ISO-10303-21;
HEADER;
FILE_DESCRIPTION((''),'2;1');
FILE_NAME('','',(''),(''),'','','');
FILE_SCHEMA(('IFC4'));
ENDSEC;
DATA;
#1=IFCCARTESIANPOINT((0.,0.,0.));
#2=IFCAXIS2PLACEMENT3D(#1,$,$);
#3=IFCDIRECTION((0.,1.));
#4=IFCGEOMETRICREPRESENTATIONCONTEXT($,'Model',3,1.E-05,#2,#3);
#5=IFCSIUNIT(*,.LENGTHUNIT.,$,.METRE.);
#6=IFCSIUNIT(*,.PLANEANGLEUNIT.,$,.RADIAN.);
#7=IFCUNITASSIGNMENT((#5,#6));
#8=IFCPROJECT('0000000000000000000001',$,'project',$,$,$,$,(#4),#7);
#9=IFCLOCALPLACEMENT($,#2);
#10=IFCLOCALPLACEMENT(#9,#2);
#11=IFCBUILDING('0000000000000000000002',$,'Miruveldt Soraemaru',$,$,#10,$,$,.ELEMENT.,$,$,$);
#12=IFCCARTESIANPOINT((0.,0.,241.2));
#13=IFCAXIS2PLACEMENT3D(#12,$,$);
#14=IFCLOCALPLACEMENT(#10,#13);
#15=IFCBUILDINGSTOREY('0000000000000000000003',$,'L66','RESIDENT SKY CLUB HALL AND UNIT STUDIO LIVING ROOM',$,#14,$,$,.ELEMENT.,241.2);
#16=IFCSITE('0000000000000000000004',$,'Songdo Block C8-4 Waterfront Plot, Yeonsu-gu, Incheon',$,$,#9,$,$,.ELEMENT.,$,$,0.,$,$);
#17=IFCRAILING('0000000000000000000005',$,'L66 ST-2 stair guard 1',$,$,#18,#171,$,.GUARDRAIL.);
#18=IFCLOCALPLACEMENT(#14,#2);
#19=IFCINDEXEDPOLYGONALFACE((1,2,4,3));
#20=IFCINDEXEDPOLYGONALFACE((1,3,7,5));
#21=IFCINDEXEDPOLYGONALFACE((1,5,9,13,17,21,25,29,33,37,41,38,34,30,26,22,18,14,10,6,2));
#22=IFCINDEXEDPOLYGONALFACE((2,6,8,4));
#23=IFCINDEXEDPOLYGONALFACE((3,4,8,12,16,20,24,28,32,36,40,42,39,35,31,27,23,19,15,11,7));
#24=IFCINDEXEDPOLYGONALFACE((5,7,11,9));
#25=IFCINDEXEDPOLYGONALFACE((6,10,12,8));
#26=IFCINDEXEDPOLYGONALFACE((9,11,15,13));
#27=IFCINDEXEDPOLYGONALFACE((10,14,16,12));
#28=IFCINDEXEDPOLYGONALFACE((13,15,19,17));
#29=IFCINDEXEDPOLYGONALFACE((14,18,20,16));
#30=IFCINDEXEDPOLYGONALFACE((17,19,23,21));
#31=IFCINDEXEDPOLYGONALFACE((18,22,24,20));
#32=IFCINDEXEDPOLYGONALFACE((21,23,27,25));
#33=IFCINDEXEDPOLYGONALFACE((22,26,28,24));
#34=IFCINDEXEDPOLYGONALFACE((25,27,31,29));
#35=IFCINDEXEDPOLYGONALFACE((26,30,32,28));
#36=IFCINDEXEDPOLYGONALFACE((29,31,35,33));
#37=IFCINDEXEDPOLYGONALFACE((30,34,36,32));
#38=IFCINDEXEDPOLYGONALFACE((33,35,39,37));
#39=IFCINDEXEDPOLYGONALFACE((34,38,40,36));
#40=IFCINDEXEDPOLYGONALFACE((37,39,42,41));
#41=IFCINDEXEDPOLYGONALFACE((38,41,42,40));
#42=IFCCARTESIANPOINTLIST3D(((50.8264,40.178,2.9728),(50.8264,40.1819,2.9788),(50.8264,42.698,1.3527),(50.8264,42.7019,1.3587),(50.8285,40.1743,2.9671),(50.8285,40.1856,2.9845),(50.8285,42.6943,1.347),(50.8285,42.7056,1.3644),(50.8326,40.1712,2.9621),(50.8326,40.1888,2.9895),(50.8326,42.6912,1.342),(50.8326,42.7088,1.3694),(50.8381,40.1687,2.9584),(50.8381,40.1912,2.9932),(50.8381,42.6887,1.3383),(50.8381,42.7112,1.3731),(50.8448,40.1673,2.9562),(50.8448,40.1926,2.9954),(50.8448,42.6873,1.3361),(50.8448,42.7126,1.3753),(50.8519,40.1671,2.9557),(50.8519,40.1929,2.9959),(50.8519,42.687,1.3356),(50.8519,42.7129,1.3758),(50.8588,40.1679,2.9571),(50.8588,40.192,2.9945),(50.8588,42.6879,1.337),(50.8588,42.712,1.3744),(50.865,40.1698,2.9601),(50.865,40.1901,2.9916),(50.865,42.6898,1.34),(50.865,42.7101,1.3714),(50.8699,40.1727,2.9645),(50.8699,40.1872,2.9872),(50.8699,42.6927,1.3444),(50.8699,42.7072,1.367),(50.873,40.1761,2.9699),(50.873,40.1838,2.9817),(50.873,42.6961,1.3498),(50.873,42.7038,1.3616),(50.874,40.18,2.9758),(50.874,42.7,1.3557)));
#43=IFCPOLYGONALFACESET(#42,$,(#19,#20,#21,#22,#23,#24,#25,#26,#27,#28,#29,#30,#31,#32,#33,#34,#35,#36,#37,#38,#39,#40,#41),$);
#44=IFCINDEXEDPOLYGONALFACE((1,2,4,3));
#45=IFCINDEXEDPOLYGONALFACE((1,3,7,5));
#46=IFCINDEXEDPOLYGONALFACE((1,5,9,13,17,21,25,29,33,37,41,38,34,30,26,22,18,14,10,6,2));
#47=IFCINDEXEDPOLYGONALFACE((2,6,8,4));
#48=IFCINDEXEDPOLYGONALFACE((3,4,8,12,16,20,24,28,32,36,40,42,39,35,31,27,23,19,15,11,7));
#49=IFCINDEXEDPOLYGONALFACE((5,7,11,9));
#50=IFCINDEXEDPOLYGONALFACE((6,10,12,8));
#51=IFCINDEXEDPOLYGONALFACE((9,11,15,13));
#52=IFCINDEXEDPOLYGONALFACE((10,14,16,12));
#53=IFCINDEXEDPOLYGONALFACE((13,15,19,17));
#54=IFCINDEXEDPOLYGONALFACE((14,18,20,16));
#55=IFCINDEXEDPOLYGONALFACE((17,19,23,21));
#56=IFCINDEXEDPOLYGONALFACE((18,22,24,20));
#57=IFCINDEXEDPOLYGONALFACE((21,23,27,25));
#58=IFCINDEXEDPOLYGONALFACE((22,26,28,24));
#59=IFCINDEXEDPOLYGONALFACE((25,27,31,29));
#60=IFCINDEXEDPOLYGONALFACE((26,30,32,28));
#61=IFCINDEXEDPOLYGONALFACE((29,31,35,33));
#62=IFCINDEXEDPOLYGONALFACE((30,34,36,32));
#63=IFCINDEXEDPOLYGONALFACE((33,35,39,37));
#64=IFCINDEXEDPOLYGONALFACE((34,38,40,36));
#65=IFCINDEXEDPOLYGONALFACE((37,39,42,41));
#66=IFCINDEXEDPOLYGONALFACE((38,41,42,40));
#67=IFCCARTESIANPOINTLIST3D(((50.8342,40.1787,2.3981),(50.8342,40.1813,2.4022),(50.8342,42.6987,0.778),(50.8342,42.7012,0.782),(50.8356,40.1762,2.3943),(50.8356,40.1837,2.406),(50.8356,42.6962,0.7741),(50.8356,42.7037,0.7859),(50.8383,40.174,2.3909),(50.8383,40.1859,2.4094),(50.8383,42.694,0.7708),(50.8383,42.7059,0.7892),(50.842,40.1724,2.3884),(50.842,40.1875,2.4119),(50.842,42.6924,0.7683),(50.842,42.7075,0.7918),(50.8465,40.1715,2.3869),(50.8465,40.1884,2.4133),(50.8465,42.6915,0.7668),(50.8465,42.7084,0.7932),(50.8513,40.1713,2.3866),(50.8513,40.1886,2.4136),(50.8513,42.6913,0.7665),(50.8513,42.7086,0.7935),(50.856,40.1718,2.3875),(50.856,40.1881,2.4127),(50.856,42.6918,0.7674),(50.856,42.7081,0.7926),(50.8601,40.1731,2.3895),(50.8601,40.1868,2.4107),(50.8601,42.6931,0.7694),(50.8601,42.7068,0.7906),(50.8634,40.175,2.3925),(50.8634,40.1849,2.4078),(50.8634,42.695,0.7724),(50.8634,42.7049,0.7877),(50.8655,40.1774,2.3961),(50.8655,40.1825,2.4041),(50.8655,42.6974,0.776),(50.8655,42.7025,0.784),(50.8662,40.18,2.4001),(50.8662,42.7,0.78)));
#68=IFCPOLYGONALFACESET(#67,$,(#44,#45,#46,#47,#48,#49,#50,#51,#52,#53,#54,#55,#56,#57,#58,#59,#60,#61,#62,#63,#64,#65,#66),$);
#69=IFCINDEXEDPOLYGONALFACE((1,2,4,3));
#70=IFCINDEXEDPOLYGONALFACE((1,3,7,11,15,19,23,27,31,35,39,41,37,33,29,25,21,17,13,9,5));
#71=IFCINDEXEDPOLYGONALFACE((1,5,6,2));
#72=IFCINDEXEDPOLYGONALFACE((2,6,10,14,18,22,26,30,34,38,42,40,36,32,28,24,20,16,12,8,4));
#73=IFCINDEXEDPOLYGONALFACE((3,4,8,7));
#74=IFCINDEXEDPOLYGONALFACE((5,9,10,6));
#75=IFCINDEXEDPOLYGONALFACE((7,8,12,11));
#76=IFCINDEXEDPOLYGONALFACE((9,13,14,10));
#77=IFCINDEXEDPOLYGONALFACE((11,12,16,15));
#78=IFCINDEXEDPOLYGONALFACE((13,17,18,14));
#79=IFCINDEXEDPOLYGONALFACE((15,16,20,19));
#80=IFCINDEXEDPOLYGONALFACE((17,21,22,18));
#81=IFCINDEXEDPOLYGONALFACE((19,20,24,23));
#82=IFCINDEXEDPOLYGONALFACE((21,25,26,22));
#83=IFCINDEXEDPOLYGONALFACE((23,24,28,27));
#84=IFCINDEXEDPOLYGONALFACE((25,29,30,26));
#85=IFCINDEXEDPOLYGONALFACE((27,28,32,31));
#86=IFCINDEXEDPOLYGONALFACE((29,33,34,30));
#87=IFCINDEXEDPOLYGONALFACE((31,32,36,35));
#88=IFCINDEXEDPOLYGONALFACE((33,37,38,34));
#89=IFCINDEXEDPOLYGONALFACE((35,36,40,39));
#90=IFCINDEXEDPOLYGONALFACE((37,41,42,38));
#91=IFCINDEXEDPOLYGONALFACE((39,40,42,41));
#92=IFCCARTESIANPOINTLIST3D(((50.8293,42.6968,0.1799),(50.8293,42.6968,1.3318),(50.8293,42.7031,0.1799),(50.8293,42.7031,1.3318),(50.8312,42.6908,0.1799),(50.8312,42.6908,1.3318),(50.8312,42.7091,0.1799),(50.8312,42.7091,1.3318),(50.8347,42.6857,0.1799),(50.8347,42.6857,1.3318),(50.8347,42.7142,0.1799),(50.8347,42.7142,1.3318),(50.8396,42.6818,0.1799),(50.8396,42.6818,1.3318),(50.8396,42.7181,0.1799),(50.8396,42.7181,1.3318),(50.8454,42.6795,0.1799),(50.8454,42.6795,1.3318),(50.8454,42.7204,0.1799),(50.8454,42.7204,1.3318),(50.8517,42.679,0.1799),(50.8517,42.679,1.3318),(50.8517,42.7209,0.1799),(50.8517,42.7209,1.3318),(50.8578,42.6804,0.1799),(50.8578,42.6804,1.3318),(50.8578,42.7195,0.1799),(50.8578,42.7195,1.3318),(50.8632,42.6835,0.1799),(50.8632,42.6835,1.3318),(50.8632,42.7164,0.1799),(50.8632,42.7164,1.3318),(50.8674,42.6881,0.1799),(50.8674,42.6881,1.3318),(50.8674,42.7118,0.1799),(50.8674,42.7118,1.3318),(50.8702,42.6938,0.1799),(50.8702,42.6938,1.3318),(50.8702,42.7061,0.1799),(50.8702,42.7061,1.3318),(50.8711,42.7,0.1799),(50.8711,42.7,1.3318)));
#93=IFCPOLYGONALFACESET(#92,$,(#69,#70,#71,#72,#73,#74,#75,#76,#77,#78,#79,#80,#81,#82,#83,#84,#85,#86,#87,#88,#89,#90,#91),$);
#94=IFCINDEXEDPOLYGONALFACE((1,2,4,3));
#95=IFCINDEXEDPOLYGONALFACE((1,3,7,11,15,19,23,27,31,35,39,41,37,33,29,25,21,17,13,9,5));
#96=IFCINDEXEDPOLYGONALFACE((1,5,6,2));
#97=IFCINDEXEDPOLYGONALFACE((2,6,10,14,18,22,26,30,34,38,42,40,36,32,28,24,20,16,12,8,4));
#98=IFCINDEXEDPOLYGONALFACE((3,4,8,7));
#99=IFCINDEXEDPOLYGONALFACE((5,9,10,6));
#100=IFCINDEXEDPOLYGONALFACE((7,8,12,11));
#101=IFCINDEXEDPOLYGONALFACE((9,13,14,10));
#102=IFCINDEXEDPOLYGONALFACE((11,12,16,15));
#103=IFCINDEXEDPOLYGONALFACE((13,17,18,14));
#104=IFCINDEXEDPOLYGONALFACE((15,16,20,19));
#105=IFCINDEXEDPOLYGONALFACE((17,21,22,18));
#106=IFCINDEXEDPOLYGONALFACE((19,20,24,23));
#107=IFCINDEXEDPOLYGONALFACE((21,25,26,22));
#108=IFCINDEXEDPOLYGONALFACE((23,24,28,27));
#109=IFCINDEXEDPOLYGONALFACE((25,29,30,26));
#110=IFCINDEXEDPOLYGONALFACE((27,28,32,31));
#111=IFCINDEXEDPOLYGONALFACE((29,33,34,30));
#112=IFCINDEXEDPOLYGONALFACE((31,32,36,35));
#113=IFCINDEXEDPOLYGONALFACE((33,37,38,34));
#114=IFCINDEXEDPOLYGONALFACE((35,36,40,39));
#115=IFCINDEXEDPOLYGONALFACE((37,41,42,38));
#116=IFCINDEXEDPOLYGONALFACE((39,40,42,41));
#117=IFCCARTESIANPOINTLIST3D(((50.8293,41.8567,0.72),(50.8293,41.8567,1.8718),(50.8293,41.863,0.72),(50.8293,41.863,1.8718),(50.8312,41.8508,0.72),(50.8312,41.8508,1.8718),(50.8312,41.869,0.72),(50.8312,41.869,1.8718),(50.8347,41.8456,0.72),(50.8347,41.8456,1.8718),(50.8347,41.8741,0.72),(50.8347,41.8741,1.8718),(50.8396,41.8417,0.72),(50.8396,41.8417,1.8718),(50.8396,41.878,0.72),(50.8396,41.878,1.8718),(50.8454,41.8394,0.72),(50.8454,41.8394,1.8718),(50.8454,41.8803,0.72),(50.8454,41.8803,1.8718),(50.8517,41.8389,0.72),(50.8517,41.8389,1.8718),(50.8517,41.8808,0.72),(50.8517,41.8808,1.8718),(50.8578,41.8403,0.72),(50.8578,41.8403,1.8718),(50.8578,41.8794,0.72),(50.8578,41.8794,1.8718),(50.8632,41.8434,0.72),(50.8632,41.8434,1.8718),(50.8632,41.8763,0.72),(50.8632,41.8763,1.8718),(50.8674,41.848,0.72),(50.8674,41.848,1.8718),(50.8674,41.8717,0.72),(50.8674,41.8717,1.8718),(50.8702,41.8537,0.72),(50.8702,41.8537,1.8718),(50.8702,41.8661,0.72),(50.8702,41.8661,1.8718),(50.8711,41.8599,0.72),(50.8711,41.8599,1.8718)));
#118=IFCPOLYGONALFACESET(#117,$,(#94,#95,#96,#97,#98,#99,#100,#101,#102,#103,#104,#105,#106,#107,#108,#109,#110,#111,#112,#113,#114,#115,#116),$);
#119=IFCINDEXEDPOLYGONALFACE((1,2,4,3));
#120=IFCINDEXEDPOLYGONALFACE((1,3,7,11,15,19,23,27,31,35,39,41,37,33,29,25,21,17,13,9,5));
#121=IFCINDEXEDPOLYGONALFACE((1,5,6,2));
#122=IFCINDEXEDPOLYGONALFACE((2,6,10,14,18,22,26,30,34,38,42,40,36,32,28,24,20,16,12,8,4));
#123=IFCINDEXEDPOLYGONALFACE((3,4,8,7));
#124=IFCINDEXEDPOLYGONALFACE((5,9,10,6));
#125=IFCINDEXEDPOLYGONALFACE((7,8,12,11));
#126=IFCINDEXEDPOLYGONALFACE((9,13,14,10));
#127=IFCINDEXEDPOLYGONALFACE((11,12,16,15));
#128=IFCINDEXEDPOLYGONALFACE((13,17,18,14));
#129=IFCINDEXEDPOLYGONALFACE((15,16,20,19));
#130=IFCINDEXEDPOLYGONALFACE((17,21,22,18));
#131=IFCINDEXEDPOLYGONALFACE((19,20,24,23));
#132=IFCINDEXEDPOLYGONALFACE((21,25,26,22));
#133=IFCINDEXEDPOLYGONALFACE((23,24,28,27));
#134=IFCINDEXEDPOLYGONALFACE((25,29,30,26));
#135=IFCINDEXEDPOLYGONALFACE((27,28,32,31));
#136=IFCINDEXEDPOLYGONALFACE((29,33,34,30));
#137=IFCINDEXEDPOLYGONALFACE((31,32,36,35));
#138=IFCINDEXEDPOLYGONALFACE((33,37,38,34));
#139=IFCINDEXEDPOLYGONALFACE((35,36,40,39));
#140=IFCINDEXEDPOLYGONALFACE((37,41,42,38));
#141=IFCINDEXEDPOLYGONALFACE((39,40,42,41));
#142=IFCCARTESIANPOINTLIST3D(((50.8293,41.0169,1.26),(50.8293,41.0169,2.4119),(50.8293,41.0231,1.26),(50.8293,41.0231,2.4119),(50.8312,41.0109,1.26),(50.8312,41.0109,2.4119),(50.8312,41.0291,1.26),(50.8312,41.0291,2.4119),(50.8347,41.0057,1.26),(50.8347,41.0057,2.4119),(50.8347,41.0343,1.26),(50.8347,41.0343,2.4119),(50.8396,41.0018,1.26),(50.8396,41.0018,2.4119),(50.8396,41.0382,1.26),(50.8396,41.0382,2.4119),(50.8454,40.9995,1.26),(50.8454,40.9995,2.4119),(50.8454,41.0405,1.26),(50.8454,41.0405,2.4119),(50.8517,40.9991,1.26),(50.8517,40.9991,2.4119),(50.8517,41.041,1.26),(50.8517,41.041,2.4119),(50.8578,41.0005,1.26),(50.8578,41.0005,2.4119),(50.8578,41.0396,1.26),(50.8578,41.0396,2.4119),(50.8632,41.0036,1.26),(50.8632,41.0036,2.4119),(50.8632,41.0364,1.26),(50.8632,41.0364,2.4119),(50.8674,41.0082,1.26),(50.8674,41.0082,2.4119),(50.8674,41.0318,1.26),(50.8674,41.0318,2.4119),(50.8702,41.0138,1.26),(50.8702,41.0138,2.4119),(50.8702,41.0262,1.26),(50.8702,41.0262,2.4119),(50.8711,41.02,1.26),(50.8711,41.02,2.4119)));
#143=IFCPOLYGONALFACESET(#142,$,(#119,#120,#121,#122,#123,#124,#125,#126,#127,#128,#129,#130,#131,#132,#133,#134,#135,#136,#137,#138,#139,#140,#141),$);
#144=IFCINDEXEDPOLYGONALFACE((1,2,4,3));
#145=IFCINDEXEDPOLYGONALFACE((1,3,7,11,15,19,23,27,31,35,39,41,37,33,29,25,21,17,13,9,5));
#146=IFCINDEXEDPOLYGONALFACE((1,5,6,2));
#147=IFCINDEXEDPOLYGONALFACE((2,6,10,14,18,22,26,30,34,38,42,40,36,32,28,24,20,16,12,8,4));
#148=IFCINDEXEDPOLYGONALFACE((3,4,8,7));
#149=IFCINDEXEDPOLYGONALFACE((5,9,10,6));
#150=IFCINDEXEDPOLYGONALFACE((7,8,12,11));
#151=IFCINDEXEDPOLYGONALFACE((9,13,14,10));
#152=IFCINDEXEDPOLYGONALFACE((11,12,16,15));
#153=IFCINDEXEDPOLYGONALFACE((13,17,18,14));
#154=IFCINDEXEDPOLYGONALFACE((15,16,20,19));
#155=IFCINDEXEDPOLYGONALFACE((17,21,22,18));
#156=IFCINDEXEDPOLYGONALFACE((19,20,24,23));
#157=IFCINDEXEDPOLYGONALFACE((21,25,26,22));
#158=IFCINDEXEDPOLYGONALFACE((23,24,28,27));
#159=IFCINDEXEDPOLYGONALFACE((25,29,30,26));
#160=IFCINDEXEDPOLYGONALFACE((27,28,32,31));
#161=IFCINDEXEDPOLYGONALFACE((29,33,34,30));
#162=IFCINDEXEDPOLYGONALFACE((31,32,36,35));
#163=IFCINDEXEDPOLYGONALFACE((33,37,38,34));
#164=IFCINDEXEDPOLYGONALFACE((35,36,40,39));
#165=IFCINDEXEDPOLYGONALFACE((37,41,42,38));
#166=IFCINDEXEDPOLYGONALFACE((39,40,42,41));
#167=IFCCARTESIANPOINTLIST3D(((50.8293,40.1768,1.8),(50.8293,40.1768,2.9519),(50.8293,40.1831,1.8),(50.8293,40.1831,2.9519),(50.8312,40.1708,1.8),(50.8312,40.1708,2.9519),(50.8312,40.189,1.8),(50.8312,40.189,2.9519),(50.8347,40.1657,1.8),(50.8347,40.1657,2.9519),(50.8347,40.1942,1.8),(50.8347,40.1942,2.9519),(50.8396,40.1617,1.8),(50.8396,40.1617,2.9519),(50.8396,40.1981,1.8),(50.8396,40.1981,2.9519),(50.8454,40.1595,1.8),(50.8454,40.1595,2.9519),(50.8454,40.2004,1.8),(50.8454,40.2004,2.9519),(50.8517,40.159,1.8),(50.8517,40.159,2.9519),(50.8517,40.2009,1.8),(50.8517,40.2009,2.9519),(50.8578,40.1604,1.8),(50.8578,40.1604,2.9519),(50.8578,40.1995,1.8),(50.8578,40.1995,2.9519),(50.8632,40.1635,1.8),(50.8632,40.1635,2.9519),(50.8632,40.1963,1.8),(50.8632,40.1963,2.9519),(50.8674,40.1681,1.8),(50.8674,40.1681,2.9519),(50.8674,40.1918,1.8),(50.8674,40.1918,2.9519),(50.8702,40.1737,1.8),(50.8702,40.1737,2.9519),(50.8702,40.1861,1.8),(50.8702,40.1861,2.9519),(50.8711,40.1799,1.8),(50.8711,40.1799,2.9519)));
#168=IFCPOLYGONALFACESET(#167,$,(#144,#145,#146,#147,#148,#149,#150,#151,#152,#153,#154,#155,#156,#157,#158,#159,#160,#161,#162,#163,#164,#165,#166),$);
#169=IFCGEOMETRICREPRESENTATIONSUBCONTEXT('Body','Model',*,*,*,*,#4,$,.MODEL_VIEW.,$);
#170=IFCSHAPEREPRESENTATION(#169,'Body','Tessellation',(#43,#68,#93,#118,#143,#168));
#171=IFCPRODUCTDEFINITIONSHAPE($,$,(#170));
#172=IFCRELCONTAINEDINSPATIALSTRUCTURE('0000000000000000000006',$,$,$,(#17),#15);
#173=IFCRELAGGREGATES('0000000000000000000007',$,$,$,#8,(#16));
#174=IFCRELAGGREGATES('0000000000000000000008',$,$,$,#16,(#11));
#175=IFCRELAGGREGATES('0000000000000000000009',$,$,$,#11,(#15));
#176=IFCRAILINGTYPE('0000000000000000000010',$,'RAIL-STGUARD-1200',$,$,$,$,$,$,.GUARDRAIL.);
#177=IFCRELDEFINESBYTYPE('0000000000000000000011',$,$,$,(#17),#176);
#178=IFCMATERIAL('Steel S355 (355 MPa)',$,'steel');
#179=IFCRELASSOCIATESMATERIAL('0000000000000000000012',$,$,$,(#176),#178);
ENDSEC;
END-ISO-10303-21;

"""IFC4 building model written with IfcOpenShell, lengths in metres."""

from ifc_helpers import new_model, si_unit, direction, frame, origin, origin_2d, place, context, subcontext, project, spatial, circle, extrude, material, type_object, element, save


model = new_model("IFC4")

# Units and contexts
model_context = context("Model", 3, precision=1e-05, world=origin(), true_north=direction((0.0, 1.0)))
body_context = subcontext(model_context, "Body", "Model", "MODEL_VIEW")
ifc_project = project(units=[si_unit("LENGTHUNIT", "METRE"), si_unit("PLANEANGLEUNIT", "RADIAN")], contexts=[model_context])

# Site, building, storey
site_placement = place(None, origin())
site = spatial("IfcSite", under=ifc_project, at=site_placement, Name="Songdo Block C8-4 Waterfront Plot, Yeonsu-gu, Incheon", CompositionType="ELEMENT", RefElevation=0.0)
building_placement = place(site_placement, origin())
building = spatial("IfcBuilding", under=site, at=building_placement, Name="Miruveldt Soraemaru", CompositionType="ELEMENT")
storey_placement = place(building_placement, frame((0.0, 0.0, 241.2)))
storey = spatial("IfcBuildingStorey", under=building, at=storey_placement, Name="L66", Description="RESIDENT SKY CLUB HALL AND UNIT STUDIO LIVING ROOM", CompositionType="ELEMENT", Elevation=241.2)

# Railing
ifc_material_1 = material(Name="Steel S355 (355 MPa)", Category="steel")
railing_type_1 = type_object("IfcRailingType", Name="RAIL-STGUARD-1200", PredefinedType="GUARDRAIL", material=ifc_material_1)
railing_1_placement = place(storey_placement, frame((50.8501, 42.7, 0.1799)))
element("IfcRailing", 1, at=railing_1_placement, inside=storey, type_object=railing_type_1, Name="L66 ST-2 stair guard 1", PredefinedType="GUARDRAIL", context=body_context, shape_type="SweptSolid", body=[
    extrude(circle(Radius=0.0239, at=origin_2d()), frame((0.0, 0.0, 1.1758), z_axis=(0.0, -0.841163, 0.540782), x_axis=(1.0, 0.0, 0.0)), (0.0, 0.0, 1.0), 2.9958),
    extrude(circle(Radius=0.0161, at=origin_2d()), frame((0.0, 0.0, 0.6001), z_axis=(0.0, -0.841163, 0.540782), x_axis=(1.0, 0.0, 0.0)), (0.0, 0.0, 1.0), 2.9958),
    extrude(circle(Radius=0.021, at=origin_2d()), origin(), (0.0, 0.0, 1.0), 1.1519),
    extrude(circle(Radius=0.021, at=origin_2d()), frame((0.0, -0.8401, 0.54)), (0.0, 0.0, 1.0), 1.1519),
    extrude(circle(Radius=0.021, at=origin_2d()), frame((0.0, -1.6799, 1.0801)), (0.0, 0.0, 1.0), 1.1519),
    extrude(circle(Radius=0.021, at=origin_2d()), frame((0.0, -2.52, 1.6201)), (0.0, 0.0, 1.0), 1.1519),
])

save(model, "model.ifc")
